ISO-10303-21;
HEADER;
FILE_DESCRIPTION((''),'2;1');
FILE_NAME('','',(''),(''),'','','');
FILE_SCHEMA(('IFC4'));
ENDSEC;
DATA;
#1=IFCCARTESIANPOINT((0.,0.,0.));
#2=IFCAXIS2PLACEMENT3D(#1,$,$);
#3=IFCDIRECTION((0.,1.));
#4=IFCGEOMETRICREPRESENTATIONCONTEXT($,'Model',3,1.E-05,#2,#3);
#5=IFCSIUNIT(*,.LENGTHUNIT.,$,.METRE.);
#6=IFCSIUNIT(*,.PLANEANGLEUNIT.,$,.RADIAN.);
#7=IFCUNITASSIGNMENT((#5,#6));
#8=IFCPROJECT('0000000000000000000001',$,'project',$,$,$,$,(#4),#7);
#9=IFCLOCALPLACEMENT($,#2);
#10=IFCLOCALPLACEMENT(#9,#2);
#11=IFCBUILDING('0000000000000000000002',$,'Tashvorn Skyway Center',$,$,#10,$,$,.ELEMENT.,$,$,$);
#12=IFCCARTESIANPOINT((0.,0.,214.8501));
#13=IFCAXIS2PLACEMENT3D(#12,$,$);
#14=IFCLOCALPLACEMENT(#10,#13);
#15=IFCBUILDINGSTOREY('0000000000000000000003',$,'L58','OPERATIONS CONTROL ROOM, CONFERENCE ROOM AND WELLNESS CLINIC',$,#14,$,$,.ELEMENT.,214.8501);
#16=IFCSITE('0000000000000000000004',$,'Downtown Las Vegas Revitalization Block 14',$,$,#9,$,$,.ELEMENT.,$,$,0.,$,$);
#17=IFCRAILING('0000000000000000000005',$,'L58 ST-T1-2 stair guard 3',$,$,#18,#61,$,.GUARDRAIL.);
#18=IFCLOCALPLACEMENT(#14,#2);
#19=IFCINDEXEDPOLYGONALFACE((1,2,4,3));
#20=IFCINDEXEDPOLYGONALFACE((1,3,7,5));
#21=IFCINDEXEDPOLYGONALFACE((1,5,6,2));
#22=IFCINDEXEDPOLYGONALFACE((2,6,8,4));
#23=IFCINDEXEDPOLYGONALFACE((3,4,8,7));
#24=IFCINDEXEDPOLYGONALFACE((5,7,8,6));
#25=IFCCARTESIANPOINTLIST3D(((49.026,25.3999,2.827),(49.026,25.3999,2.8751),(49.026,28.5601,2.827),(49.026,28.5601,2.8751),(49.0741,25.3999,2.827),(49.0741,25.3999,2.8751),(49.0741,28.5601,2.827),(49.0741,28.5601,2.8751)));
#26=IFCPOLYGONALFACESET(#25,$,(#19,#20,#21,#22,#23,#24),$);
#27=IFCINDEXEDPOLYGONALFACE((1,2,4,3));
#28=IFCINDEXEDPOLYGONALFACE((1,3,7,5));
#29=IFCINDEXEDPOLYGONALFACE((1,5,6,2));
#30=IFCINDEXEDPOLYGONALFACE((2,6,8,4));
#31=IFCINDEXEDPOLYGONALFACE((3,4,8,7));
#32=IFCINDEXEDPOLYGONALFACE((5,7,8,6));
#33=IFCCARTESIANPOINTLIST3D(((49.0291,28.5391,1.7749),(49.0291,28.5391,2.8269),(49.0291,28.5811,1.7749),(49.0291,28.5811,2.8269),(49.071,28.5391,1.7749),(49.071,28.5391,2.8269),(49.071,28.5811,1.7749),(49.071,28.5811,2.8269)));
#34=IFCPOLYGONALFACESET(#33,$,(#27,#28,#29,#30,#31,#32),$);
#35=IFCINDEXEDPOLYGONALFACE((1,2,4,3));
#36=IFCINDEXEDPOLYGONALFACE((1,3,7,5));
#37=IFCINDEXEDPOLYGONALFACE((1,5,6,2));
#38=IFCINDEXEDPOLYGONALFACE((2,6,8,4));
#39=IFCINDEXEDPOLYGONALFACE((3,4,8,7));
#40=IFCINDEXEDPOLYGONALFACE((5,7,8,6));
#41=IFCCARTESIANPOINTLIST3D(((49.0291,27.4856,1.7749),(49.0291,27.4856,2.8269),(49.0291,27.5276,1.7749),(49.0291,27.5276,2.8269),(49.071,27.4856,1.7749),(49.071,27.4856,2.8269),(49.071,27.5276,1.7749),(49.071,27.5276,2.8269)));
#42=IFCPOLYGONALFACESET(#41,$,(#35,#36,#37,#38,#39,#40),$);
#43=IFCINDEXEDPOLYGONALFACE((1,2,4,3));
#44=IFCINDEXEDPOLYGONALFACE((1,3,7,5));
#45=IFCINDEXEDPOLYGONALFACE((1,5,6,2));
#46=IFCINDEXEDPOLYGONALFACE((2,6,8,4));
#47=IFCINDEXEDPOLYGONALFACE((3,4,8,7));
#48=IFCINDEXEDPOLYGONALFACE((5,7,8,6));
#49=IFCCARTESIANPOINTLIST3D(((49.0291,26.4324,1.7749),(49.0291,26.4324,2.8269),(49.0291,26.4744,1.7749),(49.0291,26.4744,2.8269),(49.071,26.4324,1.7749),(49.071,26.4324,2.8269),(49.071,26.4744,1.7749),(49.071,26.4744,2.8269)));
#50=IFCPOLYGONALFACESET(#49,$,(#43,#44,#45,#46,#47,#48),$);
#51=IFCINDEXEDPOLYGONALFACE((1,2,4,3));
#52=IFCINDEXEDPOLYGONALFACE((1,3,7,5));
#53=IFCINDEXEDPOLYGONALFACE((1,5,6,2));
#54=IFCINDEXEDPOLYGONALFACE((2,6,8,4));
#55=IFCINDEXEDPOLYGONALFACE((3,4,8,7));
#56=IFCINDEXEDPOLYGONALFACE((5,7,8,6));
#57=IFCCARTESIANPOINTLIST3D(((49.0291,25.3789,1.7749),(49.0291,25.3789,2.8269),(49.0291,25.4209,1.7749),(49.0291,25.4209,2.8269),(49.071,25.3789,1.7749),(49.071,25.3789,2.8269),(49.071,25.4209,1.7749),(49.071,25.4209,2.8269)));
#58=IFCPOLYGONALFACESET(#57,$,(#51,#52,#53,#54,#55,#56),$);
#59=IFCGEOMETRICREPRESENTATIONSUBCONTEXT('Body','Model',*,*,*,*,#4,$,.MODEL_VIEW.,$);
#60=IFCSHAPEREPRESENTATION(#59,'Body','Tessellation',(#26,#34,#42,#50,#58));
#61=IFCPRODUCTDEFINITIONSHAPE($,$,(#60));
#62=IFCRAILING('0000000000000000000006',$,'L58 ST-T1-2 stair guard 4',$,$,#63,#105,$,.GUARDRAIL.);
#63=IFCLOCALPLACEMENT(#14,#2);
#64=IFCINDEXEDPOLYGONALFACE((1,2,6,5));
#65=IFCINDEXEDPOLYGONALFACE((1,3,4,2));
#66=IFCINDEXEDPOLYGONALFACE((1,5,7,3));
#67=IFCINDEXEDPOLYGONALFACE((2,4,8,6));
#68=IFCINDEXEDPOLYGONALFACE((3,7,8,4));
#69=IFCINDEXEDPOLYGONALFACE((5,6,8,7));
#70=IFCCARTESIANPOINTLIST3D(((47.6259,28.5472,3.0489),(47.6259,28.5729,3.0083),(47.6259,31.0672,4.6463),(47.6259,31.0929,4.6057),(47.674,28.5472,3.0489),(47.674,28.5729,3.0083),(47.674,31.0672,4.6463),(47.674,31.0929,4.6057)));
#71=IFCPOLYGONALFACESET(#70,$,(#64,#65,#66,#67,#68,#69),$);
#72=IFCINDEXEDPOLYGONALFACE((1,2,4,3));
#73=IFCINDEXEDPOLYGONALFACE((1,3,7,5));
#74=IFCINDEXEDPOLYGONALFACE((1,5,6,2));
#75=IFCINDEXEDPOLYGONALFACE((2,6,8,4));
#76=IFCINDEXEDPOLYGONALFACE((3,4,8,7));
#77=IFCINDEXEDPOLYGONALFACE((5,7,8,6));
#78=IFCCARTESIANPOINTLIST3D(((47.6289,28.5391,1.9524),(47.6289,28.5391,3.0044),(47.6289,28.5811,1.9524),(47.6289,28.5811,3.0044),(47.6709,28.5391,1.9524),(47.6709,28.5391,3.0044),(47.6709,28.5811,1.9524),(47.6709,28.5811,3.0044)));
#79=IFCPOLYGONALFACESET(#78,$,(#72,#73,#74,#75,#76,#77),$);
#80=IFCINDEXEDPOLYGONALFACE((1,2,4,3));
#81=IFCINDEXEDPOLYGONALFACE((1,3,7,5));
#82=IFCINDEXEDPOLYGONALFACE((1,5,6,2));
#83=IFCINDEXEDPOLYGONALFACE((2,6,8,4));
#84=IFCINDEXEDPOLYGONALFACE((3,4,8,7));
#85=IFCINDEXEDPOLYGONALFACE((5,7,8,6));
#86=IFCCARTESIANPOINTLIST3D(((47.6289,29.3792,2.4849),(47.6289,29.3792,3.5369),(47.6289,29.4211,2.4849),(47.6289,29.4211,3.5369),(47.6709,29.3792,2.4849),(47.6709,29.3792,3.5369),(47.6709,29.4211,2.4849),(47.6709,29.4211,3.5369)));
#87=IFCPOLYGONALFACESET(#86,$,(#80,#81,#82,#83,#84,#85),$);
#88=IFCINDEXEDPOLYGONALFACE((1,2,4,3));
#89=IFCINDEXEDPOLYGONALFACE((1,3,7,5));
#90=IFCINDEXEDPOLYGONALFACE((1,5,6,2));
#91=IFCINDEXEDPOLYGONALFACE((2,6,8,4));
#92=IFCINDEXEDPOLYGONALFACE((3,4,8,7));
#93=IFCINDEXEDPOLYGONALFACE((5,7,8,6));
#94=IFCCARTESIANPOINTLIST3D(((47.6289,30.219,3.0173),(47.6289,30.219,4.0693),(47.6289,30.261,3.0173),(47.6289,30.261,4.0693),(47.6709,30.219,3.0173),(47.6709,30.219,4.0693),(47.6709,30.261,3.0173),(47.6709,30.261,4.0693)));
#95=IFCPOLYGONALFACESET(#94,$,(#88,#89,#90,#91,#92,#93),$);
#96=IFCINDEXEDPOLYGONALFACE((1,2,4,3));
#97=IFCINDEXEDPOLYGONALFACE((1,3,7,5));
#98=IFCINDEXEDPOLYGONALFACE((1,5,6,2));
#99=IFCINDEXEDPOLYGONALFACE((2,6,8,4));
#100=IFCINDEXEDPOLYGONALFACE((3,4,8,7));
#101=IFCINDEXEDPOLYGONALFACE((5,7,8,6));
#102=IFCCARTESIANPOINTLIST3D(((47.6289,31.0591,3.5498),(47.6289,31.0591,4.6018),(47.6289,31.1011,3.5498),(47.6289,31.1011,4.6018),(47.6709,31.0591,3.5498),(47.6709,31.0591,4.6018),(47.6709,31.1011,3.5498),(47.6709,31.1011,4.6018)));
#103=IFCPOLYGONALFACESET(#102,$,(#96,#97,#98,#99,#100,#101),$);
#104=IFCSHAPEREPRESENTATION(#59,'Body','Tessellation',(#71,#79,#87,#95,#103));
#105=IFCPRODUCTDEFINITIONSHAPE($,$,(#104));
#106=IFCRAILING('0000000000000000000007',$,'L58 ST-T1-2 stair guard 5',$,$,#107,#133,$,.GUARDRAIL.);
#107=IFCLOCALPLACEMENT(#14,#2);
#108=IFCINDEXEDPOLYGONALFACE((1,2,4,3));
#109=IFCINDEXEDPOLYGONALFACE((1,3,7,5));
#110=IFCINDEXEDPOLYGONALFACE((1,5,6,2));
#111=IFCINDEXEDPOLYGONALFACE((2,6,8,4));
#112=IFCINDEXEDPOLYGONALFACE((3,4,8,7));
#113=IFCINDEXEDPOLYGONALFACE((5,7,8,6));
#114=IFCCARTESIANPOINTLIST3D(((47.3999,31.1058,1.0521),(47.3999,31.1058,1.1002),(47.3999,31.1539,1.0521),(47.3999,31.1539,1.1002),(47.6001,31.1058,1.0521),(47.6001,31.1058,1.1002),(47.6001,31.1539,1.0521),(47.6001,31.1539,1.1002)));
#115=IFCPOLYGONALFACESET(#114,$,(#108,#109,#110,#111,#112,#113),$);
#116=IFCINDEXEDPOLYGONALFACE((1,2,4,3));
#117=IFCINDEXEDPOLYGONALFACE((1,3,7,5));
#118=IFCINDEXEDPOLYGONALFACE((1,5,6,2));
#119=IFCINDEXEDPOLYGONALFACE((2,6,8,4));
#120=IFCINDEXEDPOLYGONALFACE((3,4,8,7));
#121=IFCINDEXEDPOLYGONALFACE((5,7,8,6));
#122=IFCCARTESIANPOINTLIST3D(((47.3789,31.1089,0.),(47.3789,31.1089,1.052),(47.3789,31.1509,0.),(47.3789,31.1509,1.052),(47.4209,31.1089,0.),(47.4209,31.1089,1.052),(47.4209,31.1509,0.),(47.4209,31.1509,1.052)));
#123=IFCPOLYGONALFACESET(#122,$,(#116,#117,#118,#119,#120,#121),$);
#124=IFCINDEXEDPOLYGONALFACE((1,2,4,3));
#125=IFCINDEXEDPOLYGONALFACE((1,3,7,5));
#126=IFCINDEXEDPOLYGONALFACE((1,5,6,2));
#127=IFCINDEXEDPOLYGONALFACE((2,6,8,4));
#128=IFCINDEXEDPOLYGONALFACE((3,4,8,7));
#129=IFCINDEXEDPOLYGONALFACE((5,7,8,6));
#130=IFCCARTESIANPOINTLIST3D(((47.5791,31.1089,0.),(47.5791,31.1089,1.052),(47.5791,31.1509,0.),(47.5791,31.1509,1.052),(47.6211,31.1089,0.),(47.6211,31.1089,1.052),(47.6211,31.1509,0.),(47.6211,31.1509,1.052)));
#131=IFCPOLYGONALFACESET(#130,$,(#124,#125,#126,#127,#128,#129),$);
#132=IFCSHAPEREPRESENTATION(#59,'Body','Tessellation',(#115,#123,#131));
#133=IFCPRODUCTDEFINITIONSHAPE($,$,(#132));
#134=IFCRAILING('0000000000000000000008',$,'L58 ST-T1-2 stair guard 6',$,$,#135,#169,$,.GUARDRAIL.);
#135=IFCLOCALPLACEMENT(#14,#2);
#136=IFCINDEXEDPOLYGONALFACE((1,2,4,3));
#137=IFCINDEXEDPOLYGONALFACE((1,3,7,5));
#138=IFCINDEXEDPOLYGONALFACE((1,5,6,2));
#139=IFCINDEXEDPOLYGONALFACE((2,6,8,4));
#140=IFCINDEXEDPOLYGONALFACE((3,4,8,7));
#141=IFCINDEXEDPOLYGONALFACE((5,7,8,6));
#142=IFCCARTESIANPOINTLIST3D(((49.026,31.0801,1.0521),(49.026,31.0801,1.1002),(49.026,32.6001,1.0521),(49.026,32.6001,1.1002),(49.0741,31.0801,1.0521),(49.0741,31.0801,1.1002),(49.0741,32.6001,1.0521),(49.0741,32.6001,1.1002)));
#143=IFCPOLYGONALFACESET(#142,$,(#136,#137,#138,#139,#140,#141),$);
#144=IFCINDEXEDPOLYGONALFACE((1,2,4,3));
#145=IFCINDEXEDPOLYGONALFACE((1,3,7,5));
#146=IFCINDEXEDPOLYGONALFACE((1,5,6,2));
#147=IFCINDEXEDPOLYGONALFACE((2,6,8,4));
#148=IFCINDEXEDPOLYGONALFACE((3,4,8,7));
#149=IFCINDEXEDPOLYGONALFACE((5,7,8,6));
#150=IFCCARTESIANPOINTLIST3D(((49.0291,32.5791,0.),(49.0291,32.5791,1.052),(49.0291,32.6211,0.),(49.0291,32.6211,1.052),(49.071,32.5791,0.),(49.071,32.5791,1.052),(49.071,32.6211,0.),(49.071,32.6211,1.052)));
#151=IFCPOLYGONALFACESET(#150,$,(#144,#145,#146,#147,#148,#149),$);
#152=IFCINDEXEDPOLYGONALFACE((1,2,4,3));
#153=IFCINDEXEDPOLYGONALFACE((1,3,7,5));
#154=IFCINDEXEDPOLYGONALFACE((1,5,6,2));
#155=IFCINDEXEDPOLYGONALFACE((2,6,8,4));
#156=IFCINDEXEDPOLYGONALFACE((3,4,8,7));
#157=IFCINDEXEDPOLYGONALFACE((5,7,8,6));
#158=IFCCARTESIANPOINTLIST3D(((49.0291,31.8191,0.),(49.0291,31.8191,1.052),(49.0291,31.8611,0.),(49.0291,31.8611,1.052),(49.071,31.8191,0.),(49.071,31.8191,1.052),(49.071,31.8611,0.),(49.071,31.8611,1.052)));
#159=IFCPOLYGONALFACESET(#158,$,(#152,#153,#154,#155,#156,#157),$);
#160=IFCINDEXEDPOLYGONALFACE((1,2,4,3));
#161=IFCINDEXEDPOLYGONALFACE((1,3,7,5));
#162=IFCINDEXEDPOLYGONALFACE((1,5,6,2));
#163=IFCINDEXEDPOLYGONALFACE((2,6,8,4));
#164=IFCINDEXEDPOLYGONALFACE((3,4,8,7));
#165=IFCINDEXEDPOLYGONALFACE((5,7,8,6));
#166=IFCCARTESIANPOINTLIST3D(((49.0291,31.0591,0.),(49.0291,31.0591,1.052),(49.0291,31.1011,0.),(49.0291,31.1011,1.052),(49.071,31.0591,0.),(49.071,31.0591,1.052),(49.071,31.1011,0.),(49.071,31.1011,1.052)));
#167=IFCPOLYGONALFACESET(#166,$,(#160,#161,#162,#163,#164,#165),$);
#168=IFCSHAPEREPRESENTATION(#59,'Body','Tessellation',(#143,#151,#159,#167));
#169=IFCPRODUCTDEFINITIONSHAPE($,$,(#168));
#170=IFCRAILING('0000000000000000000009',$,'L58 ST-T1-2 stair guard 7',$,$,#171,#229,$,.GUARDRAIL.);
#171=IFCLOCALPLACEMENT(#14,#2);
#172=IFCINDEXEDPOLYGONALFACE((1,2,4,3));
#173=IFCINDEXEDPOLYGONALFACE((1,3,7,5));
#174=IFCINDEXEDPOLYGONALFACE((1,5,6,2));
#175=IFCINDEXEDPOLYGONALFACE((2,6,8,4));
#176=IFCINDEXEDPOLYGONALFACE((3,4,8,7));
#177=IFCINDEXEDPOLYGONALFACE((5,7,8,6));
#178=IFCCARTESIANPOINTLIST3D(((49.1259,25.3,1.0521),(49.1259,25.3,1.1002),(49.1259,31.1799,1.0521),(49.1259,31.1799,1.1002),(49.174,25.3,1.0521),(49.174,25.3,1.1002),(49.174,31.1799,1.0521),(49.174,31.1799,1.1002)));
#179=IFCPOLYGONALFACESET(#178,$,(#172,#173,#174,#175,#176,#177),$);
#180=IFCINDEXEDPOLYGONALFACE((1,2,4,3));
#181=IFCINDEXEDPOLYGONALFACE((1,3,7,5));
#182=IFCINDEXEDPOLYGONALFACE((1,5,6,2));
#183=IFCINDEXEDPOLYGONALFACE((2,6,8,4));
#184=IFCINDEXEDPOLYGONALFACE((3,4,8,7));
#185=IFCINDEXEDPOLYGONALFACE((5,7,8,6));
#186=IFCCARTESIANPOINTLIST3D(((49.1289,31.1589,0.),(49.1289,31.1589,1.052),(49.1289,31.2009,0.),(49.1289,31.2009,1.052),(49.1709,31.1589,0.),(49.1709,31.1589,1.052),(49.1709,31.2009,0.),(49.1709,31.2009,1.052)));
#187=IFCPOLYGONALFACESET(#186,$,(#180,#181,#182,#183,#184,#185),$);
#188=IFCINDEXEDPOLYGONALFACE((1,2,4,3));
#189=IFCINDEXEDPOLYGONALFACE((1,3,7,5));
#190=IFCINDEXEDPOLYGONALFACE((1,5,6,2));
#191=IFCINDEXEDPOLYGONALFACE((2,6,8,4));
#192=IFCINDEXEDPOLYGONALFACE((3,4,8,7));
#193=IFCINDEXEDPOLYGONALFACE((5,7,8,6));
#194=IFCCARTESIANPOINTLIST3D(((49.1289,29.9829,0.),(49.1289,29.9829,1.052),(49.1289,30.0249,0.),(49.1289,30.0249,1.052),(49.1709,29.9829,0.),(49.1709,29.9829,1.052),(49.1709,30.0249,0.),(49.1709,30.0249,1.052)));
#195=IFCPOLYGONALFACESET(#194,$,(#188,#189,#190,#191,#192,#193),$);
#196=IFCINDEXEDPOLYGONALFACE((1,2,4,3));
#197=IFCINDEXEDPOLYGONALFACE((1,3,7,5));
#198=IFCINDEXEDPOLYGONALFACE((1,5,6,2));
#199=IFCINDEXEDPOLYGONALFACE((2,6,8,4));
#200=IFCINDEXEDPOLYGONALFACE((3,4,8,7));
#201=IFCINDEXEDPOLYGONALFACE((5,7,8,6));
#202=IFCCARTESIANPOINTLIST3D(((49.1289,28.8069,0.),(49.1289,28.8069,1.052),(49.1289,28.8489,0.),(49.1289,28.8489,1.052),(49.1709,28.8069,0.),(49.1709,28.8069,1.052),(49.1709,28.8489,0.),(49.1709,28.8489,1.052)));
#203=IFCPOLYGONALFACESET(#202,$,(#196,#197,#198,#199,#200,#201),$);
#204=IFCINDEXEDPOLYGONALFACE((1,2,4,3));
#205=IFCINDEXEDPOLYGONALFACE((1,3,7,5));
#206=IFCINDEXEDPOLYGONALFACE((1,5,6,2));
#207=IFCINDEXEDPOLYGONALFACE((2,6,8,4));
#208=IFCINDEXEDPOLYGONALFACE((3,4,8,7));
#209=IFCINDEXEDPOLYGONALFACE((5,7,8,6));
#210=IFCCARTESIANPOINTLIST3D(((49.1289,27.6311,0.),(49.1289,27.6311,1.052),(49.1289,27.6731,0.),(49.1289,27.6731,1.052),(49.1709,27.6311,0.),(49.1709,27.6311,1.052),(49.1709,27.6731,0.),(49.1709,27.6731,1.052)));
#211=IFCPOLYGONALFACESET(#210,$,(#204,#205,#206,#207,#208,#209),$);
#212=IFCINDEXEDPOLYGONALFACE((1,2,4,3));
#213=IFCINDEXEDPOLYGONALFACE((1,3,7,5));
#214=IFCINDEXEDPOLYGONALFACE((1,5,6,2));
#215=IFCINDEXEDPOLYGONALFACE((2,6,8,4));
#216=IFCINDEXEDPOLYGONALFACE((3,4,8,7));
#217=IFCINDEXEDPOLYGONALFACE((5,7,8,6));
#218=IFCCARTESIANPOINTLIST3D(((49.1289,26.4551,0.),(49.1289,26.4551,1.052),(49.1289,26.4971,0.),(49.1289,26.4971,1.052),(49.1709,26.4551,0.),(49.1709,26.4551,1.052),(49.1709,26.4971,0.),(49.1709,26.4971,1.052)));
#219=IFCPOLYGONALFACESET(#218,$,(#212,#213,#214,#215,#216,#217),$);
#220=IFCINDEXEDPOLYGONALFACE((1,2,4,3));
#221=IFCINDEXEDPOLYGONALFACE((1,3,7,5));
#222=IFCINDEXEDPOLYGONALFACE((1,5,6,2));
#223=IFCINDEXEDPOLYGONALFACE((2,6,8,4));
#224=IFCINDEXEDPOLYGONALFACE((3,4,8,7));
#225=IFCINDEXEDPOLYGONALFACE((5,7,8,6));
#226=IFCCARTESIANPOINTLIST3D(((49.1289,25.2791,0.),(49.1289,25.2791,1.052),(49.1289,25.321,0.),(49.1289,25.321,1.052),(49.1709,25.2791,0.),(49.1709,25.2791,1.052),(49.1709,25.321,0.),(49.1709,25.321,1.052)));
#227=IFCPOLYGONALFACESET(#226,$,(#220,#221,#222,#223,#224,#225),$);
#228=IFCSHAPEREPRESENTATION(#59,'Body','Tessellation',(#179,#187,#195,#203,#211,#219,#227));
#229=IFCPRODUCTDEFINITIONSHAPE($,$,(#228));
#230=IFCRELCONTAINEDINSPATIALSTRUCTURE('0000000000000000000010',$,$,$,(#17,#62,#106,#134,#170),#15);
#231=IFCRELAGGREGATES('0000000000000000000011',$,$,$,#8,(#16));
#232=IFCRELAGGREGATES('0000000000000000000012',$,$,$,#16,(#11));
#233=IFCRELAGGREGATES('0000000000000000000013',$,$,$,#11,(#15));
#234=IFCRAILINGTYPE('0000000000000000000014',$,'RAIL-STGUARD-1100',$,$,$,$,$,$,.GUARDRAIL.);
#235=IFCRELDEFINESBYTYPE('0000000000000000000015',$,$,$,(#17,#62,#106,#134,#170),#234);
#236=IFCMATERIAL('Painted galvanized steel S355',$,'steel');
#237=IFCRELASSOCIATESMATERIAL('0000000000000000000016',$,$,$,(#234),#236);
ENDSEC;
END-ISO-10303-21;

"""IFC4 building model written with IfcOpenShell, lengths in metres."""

from ifc_helpers import new_model, si_unit, direction, frame, origin, origin_2d, place, context, subcontext, project, spatial, rectangle, extrude, material, type_object, element, save


model = new_model("IFC4")

# Units and contexts
model_context = context("Model", 3, precision=1e-05, world=origin(), true_north=direction((0.0, 1.0)))
body_context = subcontext(model_context, "Body", "Model", "MODEL_VIEW")
ifc_project = project(units=[si_unit("LENGTHUNIT", "METRE"), si_unit("PLANEANGLEUNIT", "RADIAN")], contexts=[model_context])

# Site, building, storey
site_placement = place(None, origin())
site = spatial("IfcSite", under=ifc_project, at=site_placement, Name="Downtown Las Vegas Revitalization Block 14", CompositionType="ELEMENT", RefElevation=0.0)
building_placement = place(site_placement, origin())
building = spatial("IfcBuilding", under=site, at=building_placement, Name="Tashvorn Skyway Center", CompositionType="ELEMENT")
storey_placement = place(building_placement, frame((0.0, 0.0, 214.8501)))
storey = spatial("IfcBuildingStorey", under=building, at=storey_placement, Name="L58", Description="OPERATIONS CONTROL ROOM, CONFERENCE ROOM AND WELLNESS CLINIC", CompositionType="ELEMENT", Elevation=214.8501)

# Railings
ifc_material_1 = material(Name="Painted galvanized steel S355", Category="steel")
railing_type_1 = type_object("IfcRailingType", Name="RAIL-STGUARD-1100", PredefinedType="GUARDRAIL", material=ifc_material_1)
railing_1_placement = place(storey_placement, frame((49.05, 28.5601, 1.7749)))
element("IfcRailing", 1, at=railing_1_placement, inside=storey, type_object=railing_type_1, Name="L58 ST-T1-2 stair guard 3", PredefinedType="GUARDRAIL", context=body_context, shape_type="SweptSolid", body=[
    extrude(rectangle(XDim=0.0481, YDim=0.0481, at=origin_2d()), frame((0.0, 0.0, 1.0762), z_axis=(0.0, -1.0, 0.0), x_axis=(1.0, 0.0, 0.0)), (0.0, 0.0, 1.0), 3.1602),
    extrude(rectangle(XDim=0.042, YDim=0.042, at=origin_2d()), origin(), (0.0, 0.0, 1.0), 1.052),
    extrude(rectangle(XDim=0.042, YDim=0.042, at=origin_2d()), frame((0.0, -1.0535, 0.0)), (0.0, 0.0, 1.0), 1.052),
    extrude(rectangle(XDim=0.042, YDim=0.042, at=origin_2d()), frame((0.0, -2.1067, 0.0)), (0.0, 0.0, 1.0), 1.052),
    extrude(rectangle(XDim=0.042, YDim=0.042, at=origin_2d()), frame((0.0, -3.1602, 0.0)), (0.0, 0.0, 1.0), 1.052),
])
railing_2_placement = place(storey_placement, frame((47.6499, 28.5601, 1.9524)))
element("IfcRailing", 2, at=railing_2_placement, inside=storey, type_object=railing_type_1, Name="L58 ST-T1-2 stair guard 4", PredefinedType="GUARDRAIL", context=body_context, shape_type="SweptSolid", body=[
    extrude(rectangle(XDim=0.0481, YDim=0.0481, at=origin_2d()), frame((0.0, 0.0, 1.0762), z_axis=(0.0, 0.844607, 0.535387), x_axis=(-1.0, 0.0, 0.0)), (0.0, 0.0, 1.0), 2.9836),
    extrude(rectangle(XDim=0.042, YDim=0.042, at=origin_2d()), origin(), (0.0, 0.0, 1.0), 1.052),
    extrude(rectangle(XDim=0.042, YDim=0.042, at=origin_2d()), frame((0.0, 0.8401, 0.5325)), (0.0, 0.0, 1.0), 1.052),
    extrude(rectangle(XDim=0.042, YDim=0.042, at=origin_2d()), frame((0.0, 1.6799, 1.0649)), (0.0, 0.0, 1.0), 1.052),
    extrude(rectangle(XDim=0.042, YDim=0.042, at=origin_2d()), frame((0.0, 2.52, 1.5974)), (0.0, 0.0, 1.0), 1.052),
])
railing_3_placement = place(storey_placement, frame((47.3999, 31.1299, 0.0)))
element("IfcRailing", 3, at=railing_3_placement, inside=storey, type_object=railing_type_1, Name="L58 ST-T1-2 stair guard 5", PredefinedType="GUARDRAIL", context=body_context, shape_type="SweptSolid", body=[
    extrude(rectangle(XDim=0.0481, YDim=0.0481, at=origin_2d()), frame((0.0, 0.0, 1.0762), z_axis=(1.0, 0.0, 0.0), x_axis=(0.0, 1.0, 0.0)), (0.0, 0.0, 1.0), 0.2002),
    extrude(rectangle(XDim=0.042, YDim=0.042, at=origin_2d()), origin(), (0.0, 0.0, 1.0), 1.052),
    extrude(rectangle(XDim=0.042, YDim=0.042, at=origin_2d()), frame((0.2002, 0.0, 0.0)), (0.0, 0.0, 1.0), 1.052),
])
railing_4_placement = place(storey_placement, frame((49.05, 32.6001, 0.0)))
element("IfcRailing", 4, at=railing_4_placement, inside=storey, type_object=railing_type_1, Name="L58 ST-T1-2 stair guard 6", PredefinedType="GUARDRAIL", context=body_context, shape_type="SweptSolid", body=[
    extrude(rectangle(XDim=0.0481, YDim=0.0481, at=origin_2d()), frame((0.0, 0.0, 1.0762), z_axis=(0.0, -1.0, 0.0), x_axis=(1.0, 0.0, 0.0)), (0.0, 0.0, 1.0), 1.52),
    extrude(rectangle(XDim=0.042, YDim=0.042, at=origin_2d()), origin(), (0.0, 0.0, 1.0), 1.052),
    extrude(rectangle(XDim=0.042, YDim=0.042, at=origin_2d()), frame((0.0, -0.76, 0.0)), (0.0, 0.0, 1.0), 1.052),
    extrude(rectangle(XDim=0.042, YDim=0.042, at=origin_2d()), frame((0.0, -1.52, 0.0)), (0.0, 0.0, 1.0), 1.052),
])
railing_5_placement = place(storey_placement, frame((49.1499, 31.1799, 0.0)))
element("IfcRailing", 5, at=railing_5_placement, inside=storey, type_object=railing_type_1, Name="L58 ST-T1-2 stair guard 7", PredefinedType="GUARDRAIL", context=body_context, shape_type="SweptSolid", body=[
    extrude(rectangle(XDim=0.0481, YDim=0.0481, at=origin_2d()), frame((0.0, 0.0, 1.0762), z_axis=(0.0, -1.0, 0.0), x_axis=(1.0, 0.0, 0.0)), (0.0, 0.0, 1.0), 5.8799),
    extrude(rectangle(XDim=0.042, YDim=0.042, at=origin_2d()), origin(), (0.0, 0.0, 1.0), 1.052),
    extrude(rectangle(XDim=0.042, YDim=0.042, at=origin_2d()), frame((0.0, -1.176, 0.0)), (0.0, 0.0, 1.0), 1.052),
    extrude(rectangle(XDim=0.042, YDim=0.042, at=origin_2d()), frame((0.0, -2.3521, 0.0)), (0.0, 0.0, 1.0), 1.052),
    extrude(rectangle(XDim=0.042, YDim=0.042, at=origin_2d()), frame((0.0, -3.5278, 0.0)), (0.0, 0.0, 1.0), 1.052),
    extrude(rectangle(XDim=0.042, YDim=0.042, at=origin_2d()), frame((0.0, -4.7039, 0.0)), (0.0, 0.0, 1.0), 1.052),
    extrude(rectangle(XDim=0.042, YDim=0.042, at=origin_2d()), frame((0.0, -5.8799, 0.0)), (0.0, 0.0, 1.0), 1.052),
])

save(model, "model.ifc")
